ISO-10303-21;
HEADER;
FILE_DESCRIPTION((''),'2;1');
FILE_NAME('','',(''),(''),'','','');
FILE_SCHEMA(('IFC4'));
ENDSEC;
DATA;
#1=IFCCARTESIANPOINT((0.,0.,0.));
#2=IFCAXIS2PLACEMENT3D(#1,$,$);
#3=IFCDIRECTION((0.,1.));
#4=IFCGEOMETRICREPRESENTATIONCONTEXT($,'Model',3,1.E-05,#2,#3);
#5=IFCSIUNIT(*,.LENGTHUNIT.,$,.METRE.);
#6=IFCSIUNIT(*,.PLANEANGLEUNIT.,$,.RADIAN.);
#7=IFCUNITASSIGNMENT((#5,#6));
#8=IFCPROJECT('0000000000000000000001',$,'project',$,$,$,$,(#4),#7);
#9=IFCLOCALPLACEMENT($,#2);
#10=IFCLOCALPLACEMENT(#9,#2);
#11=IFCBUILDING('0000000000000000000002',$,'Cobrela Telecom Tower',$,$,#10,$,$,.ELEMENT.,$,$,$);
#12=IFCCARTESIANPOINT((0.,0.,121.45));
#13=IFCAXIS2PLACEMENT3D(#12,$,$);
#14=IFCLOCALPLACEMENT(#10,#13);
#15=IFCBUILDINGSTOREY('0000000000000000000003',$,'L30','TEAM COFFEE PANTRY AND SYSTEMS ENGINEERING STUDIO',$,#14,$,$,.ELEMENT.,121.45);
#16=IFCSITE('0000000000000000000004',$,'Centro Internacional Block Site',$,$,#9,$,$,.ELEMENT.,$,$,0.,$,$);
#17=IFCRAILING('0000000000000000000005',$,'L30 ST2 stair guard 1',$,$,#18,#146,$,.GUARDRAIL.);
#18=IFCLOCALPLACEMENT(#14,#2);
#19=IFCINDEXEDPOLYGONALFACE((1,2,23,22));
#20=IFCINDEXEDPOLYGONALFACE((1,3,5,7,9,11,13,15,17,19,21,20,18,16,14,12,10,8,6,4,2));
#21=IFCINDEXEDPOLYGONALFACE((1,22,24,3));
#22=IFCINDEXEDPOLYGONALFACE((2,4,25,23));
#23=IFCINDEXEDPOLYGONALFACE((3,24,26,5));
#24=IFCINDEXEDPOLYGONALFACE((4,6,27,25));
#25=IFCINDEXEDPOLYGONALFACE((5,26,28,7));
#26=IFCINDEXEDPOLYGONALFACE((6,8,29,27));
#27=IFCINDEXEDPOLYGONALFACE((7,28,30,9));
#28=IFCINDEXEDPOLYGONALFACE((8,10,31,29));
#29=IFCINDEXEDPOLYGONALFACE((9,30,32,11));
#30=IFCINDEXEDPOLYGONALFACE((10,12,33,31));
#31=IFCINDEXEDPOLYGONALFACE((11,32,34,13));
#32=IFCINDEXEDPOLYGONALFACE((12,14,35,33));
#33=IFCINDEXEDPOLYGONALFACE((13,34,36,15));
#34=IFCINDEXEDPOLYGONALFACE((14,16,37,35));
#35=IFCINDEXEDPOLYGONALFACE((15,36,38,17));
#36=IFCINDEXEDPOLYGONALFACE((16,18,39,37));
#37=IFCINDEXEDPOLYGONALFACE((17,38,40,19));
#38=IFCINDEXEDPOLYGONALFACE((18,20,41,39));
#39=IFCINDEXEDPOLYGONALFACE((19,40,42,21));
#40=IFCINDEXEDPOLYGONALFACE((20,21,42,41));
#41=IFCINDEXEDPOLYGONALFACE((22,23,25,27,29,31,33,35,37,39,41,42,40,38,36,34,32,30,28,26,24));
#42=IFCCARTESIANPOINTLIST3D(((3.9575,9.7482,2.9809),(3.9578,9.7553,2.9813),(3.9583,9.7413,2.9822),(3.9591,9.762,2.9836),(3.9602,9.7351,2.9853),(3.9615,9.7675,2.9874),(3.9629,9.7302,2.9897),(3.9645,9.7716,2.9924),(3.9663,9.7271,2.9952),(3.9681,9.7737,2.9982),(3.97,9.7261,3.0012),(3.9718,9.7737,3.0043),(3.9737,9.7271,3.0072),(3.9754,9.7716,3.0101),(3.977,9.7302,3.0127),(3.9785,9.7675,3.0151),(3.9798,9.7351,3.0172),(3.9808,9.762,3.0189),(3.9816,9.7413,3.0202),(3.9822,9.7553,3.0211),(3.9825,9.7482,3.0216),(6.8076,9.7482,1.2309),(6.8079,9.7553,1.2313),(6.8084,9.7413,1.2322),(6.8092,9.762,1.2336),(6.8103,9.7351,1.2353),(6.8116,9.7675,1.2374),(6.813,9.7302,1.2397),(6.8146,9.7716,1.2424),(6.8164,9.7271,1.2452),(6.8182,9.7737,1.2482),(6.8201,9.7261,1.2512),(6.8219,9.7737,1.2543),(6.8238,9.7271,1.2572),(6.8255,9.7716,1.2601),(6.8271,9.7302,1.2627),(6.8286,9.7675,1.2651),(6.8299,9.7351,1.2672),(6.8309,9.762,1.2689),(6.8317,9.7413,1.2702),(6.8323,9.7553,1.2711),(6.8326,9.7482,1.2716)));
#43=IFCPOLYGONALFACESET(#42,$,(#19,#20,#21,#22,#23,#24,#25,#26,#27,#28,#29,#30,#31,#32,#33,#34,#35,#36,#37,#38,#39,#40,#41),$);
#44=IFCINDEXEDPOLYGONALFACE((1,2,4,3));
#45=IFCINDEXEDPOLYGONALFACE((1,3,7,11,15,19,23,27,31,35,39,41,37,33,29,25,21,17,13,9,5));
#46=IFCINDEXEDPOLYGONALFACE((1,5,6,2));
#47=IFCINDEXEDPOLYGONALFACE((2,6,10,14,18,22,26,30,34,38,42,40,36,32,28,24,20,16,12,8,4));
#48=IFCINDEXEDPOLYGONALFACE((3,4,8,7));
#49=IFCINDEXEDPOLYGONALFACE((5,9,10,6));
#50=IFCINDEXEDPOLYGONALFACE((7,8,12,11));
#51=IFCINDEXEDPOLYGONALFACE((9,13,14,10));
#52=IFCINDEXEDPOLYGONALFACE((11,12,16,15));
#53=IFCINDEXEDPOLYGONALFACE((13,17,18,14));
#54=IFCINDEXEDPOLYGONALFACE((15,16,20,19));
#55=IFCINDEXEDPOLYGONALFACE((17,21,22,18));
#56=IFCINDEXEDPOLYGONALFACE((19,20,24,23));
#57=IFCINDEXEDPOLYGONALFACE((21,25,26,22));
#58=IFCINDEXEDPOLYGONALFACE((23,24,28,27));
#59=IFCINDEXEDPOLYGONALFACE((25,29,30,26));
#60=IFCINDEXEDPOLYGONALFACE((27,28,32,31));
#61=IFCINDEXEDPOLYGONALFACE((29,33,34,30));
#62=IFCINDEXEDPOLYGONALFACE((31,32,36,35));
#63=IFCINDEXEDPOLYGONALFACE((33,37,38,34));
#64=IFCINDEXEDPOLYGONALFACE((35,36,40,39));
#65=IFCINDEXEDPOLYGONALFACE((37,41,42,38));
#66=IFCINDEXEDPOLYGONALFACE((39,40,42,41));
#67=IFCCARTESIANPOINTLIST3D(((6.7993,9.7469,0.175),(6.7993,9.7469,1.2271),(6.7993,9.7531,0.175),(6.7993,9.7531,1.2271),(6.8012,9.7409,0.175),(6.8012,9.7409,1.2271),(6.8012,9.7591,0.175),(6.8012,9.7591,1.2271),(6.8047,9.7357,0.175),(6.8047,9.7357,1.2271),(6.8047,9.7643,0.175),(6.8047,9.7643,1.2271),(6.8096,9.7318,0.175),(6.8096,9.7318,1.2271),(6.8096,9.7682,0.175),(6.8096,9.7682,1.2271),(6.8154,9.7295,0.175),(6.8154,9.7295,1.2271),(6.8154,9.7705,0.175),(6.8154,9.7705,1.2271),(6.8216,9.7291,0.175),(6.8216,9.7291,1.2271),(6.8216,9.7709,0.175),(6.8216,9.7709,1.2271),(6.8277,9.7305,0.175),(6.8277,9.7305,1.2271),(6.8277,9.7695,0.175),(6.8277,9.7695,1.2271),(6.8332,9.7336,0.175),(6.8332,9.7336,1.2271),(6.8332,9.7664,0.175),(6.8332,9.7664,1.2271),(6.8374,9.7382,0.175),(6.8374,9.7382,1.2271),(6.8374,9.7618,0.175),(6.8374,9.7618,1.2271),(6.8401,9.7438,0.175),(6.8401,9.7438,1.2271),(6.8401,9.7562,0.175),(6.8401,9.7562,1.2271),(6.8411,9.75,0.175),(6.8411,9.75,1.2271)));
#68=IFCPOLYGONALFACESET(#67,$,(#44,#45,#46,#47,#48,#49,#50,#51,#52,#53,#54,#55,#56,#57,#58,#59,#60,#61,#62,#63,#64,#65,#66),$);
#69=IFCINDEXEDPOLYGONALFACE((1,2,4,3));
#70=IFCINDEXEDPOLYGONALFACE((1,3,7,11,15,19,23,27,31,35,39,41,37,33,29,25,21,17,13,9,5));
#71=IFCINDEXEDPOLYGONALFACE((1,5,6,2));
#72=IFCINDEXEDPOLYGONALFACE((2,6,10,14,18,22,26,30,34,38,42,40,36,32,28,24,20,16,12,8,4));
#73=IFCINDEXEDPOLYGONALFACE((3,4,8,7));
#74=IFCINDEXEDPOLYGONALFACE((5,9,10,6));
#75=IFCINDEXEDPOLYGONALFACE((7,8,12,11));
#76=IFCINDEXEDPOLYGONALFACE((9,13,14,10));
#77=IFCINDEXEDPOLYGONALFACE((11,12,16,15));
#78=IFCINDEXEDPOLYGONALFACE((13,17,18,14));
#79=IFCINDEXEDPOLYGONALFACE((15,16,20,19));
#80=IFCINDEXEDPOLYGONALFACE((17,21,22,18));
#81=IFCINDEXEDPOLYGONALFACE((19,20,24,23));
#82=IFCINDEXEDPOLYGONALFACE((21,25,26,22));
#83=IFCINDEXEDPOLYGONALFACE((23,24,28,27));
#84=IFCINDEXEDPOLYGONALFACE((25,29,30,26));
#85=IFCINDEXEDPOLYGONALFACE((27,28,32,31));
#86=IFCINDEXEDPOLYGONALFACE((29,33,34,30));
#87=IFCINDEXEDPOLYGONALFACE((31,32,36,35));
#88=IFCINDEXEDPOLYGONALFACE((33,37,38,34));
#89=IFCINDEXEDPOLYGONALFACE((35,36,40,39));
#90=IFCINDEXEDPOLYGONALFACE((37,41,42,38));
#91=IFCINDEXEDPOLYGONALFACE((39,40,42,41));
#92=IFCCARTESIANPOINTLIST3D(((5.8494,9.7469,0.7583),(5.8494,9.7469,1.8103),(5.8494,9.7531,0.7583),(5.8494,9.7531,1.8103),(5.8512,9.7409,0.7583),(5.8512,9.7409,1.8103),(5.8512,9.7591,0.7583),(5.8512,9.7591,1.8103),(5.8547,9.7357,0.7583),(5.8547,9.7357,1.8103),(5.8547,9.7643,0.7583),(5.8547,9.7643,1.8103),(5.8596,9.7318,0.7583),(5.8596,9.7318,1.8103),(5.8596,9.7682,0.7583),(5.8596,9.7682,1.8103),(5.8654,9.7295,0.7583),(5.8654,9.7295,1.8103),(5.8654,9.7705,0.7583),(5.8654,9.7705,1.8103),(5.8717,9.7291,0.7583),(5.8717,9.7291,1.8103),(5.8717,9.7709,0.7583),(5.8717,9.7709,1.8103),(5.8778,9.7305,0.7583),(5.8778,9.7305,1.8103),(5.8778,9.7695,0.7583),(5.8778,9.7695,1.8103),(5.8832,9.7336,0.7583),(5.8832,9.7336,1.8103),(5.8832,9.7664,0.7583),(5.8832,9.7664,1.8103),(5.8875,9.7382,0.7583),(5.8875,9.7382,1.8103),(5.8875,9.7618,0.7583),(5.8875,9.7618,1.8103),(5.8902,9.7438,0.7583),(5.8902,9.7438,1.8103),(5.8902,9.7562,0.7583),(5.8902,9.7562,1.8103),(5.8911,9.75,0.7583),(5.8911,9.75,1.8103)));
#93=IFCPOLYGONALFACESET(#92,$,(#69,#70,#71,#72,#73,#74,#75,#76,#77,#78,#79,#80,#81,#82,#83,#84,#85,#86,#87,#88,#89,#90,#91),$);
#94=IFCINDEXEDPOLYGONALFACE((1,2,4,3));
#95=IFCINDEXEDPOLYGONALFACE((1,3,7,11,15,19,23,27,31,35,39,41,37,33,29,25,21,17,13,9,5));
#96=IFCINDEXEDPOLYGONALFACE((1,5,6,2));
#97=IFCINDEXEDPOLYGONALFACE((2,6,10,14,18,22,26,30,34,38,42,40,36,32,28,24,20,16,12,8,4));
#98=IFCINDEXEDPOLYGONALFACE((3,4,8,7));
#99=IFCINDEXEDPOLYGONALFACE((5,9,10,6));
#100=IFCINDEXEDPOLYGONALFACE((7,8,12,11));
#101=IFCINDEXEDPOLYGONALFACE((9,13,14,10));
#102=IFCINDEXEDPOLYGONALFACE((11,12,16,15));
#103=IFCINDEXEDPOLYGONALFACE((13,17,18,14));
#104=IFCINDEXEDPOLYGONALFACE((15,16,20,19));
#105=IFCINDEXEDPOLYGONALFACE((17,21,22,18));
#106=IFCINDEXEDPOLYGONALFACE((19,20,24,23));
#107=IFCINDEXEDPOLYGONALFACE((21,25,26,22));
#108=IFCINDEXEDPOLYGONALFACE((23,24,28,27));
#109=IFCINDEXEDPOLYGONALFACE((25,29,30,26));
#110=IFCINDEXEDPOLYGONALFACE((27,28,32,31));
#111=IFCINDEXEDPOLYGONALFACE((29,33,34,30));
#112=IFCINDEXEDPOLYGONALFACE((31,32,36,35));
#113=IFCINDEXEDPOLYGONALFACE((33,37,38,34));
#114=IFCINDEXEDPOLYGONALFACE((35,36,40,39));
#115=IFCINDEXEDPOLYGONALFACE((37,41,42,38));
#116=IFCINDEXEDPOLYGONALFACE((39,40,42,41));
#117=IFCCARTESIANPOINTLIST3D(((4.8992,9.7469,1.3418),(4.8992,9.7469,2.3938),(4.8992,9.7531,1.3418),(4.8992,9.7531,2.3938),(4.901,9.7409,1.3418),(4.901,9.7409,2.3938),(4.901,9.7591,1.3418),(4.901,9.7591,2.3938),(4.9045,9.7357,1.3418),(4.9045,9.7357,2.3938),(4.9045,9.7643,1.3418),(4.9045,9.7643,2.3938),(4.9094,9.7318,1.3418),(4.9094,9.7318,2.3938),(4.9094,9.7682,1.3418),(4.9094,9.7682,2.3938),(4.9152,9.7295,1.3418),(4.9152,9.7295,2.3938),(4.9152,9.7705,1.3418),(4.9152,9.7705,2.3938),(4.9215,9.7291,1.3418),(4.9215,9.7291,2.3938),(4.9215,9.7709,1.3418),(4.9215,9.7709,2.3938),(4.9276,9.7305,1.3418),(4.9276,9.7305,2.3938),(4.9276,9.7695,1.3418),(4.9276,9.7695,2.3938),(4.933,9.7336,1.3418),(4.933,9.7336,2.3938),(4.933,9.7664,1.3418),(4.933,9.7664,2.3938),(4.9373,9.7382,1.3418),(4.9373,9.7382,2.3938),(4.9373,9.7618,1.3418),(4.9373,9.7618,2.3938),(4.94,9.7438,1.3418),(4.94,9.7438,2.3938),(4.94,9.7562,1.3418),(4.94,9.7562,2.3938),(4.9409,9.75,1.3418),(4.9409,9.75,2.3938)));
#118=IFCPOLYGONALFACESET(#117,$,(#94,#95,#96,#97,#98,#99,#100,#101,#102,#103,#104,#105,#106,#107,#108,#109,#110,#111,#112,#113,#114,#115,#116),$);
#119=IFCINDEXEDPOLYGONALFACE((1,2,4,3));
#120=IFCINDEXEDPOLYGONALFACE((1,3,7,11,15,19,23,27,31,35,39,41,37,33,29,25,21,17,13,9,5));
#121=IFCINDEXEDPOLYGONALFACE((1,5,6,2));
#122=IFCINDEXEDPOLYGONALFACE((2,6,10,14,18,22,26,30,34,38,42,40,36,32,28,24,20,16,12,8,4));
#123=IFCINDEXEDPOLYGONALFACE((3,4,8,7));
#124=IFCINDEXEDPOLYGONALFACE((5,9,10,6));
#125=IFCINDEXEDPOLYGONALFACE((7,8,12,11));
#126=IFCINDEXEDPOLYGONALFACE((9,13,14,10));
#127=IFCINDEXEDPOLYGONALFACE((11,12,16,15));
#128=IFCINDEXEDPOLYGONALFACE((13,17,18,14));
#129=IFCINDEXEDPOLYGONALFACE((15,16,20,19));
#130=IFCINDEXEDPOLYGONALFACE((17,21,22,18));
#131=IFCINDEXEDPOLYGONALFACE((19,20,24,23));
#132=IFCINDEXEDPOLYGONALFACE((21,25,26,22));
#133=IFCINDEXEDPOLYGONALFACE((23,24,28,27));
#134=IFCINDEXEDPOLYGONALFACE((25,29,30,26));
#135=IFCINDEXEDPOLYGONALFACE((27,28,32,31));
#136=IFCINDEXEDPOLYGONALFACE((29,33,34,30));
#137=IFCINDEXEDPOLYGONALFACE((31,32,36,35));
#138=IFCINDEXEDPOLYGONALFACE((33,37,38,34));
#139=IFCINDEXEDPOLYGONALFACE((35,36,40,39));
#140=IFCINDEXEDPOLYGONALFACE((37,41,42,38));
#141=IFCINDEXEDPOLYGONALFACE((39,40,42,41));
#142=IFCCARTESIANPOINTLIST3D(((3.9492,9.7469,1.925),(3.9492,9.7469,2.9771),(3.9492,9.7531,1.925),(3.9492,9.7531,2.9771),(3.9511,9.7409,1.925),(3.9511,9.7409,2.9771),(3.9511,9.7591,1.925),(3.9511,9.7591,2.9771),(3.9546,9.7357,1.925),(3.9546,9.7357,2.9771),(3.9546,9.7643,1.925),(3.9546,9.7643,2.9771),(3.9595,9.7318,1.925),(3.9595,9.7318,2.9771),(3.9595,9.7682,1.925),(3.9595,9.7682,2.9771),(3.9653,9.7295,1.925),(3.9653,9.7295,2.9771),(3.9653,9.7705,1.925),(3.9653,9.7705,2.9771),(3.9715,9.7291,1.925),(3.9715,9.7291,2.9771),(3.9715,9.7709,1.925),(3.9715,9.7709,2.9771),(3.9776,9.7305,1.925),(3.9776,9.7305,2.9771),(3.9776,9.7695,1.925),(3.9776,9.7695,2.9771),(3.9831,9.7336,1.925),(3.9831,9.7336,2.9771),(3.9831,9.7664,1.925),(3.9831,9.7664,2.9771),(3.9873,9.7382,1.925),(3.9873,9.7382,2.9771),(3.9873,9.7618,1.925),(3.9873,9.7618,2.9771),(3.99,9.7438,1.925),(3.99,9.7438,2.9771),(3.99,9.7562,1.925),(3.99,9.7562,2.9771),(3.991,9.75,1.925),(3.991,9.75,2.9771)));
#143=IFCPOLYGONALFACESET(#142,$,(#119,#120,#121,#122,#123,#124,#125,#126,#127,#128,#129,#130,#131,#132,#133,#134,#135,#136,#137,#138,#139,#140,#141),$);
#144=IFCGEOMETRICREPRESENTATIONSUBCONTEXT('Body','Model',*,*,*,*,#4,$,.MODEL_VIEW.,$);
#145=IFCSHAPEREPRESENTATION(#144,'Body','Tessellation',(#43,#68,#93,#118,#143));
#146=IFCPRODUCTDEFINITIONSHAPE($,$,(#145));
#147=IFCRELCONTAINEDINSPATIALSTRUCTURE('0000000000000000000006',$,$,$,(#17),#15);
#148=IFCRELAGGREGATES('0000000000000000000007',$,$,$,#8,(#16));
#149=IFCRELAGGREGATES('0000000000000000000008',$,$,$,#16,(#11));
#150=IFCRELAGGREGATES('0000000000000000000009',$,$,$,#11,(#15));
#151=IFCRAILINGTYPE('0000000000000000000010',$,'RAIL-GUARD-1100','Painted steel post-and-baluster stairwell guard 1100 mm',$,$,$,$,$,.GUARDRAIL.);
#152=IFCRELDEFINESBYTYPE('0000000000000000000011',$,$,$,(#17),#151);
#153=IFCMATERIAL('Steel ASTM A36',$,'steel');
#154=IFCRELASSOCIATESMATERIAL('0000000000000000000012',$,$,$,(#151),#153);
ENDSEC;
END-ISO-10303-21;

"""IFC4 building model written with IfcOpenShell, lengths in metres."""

from ifc_helpers import new_model, si_unit, direction, frame, origin, origin_2d, place, context, subcontext, project, spatial, circle, extrude, material, type_object, element, save


model = new_model("IFC4")

# Units and contexts
model_context = context("Model", 3, precision=1e-05, world=origin(), true_north=direction((0.0, 1.0)))
body_context = subcontext(model_context, "Body", "Model", "MODEL_VIEW")
ifc_project = project(units=[si_unit("LENGTHUNIT", "METRE"), si_unit("PLANEANGLEUNIT", "RADIAN")], contexts=[model_context])

# Site, building, storey
site_placement = place(None, origin())
site = spatial("IfcSite", under=ifc_project, at=site_placement, Name="Centro Internacional Block Site", CompositionType="ELEMENT", RefElevation=0.0)
building_placement = place(site_placement, origin())
building = spatial("IfcBuilding", under=site, at=building_placement, Name="Cobrela Telecom Tower", CompositionType="ELEMENT")
storey_placement = place(building_placement, frame((0.0, 0.0, 121.45)))
storey = spatial("IfcBuildingStorey", under=building, at=storey_placement, Name="L30", Description="TEAM COFFEE PANTRY AND SYSTEMS ENGINEERING STUDIO", CompositionType="ELEMENT", Elevation=121.45)

# Shared definitions
ifc_material_1 = material(Name="Steel ASTM A36", Category="steel")

# Railing
railing_type_1 = type_object("IfcRailingType", Name="RAIL-GUARD-1100", Description="Painted steel post-and-baluster stairwell guard 1100 mm", PredefinedType="GUARDRAIL", material=ifc_material_1)
railing_1_placement = place(storey_placement, frame((6.8201, 9.75, 0.175)))
element("IfcRailing", 1, at=railing_1_placement, inside=storey, type_object=railing_type_1, Name="L30 ST2 stair guard 1", PredefinedType="GUARDRAIL", context=body_context, shape_type="SweptSolid", body=[
    extrude(circle(Radius=0.0239, at=origin_2d()), frame((0.0, 0.0, 1.0762), z_axis=(-0.852179, 0.0, 0.52325), x_axis=(0.0, -1.0, 0.0)), (0.0, 0.0, 1.0), 3.3445),
    extrude(circle(Radius=0.021, at=origin_2d()), origin(), (0.0, 0.0, 1.0), 1.052),
    extrude(circle(Radius=0.021, at=origin_2d()), frame((-0.95, 0.0, 0.5833)), (0.0, 0.0, 1.0), 1.052),
    extrude(circle(Radius=0.021, at=origin_2d()), frame((-1.9001, 0.0, 1.1667)), (0.0, 0.0, 1.0), 1.052),
    extrude(circle(Radius=0.021, at=origin_2d()), frame((-2.8501, 0.0, 1.75)), (0.0, 0.0, 1.0), 1.052),
])

save(model, "model.ifc")
